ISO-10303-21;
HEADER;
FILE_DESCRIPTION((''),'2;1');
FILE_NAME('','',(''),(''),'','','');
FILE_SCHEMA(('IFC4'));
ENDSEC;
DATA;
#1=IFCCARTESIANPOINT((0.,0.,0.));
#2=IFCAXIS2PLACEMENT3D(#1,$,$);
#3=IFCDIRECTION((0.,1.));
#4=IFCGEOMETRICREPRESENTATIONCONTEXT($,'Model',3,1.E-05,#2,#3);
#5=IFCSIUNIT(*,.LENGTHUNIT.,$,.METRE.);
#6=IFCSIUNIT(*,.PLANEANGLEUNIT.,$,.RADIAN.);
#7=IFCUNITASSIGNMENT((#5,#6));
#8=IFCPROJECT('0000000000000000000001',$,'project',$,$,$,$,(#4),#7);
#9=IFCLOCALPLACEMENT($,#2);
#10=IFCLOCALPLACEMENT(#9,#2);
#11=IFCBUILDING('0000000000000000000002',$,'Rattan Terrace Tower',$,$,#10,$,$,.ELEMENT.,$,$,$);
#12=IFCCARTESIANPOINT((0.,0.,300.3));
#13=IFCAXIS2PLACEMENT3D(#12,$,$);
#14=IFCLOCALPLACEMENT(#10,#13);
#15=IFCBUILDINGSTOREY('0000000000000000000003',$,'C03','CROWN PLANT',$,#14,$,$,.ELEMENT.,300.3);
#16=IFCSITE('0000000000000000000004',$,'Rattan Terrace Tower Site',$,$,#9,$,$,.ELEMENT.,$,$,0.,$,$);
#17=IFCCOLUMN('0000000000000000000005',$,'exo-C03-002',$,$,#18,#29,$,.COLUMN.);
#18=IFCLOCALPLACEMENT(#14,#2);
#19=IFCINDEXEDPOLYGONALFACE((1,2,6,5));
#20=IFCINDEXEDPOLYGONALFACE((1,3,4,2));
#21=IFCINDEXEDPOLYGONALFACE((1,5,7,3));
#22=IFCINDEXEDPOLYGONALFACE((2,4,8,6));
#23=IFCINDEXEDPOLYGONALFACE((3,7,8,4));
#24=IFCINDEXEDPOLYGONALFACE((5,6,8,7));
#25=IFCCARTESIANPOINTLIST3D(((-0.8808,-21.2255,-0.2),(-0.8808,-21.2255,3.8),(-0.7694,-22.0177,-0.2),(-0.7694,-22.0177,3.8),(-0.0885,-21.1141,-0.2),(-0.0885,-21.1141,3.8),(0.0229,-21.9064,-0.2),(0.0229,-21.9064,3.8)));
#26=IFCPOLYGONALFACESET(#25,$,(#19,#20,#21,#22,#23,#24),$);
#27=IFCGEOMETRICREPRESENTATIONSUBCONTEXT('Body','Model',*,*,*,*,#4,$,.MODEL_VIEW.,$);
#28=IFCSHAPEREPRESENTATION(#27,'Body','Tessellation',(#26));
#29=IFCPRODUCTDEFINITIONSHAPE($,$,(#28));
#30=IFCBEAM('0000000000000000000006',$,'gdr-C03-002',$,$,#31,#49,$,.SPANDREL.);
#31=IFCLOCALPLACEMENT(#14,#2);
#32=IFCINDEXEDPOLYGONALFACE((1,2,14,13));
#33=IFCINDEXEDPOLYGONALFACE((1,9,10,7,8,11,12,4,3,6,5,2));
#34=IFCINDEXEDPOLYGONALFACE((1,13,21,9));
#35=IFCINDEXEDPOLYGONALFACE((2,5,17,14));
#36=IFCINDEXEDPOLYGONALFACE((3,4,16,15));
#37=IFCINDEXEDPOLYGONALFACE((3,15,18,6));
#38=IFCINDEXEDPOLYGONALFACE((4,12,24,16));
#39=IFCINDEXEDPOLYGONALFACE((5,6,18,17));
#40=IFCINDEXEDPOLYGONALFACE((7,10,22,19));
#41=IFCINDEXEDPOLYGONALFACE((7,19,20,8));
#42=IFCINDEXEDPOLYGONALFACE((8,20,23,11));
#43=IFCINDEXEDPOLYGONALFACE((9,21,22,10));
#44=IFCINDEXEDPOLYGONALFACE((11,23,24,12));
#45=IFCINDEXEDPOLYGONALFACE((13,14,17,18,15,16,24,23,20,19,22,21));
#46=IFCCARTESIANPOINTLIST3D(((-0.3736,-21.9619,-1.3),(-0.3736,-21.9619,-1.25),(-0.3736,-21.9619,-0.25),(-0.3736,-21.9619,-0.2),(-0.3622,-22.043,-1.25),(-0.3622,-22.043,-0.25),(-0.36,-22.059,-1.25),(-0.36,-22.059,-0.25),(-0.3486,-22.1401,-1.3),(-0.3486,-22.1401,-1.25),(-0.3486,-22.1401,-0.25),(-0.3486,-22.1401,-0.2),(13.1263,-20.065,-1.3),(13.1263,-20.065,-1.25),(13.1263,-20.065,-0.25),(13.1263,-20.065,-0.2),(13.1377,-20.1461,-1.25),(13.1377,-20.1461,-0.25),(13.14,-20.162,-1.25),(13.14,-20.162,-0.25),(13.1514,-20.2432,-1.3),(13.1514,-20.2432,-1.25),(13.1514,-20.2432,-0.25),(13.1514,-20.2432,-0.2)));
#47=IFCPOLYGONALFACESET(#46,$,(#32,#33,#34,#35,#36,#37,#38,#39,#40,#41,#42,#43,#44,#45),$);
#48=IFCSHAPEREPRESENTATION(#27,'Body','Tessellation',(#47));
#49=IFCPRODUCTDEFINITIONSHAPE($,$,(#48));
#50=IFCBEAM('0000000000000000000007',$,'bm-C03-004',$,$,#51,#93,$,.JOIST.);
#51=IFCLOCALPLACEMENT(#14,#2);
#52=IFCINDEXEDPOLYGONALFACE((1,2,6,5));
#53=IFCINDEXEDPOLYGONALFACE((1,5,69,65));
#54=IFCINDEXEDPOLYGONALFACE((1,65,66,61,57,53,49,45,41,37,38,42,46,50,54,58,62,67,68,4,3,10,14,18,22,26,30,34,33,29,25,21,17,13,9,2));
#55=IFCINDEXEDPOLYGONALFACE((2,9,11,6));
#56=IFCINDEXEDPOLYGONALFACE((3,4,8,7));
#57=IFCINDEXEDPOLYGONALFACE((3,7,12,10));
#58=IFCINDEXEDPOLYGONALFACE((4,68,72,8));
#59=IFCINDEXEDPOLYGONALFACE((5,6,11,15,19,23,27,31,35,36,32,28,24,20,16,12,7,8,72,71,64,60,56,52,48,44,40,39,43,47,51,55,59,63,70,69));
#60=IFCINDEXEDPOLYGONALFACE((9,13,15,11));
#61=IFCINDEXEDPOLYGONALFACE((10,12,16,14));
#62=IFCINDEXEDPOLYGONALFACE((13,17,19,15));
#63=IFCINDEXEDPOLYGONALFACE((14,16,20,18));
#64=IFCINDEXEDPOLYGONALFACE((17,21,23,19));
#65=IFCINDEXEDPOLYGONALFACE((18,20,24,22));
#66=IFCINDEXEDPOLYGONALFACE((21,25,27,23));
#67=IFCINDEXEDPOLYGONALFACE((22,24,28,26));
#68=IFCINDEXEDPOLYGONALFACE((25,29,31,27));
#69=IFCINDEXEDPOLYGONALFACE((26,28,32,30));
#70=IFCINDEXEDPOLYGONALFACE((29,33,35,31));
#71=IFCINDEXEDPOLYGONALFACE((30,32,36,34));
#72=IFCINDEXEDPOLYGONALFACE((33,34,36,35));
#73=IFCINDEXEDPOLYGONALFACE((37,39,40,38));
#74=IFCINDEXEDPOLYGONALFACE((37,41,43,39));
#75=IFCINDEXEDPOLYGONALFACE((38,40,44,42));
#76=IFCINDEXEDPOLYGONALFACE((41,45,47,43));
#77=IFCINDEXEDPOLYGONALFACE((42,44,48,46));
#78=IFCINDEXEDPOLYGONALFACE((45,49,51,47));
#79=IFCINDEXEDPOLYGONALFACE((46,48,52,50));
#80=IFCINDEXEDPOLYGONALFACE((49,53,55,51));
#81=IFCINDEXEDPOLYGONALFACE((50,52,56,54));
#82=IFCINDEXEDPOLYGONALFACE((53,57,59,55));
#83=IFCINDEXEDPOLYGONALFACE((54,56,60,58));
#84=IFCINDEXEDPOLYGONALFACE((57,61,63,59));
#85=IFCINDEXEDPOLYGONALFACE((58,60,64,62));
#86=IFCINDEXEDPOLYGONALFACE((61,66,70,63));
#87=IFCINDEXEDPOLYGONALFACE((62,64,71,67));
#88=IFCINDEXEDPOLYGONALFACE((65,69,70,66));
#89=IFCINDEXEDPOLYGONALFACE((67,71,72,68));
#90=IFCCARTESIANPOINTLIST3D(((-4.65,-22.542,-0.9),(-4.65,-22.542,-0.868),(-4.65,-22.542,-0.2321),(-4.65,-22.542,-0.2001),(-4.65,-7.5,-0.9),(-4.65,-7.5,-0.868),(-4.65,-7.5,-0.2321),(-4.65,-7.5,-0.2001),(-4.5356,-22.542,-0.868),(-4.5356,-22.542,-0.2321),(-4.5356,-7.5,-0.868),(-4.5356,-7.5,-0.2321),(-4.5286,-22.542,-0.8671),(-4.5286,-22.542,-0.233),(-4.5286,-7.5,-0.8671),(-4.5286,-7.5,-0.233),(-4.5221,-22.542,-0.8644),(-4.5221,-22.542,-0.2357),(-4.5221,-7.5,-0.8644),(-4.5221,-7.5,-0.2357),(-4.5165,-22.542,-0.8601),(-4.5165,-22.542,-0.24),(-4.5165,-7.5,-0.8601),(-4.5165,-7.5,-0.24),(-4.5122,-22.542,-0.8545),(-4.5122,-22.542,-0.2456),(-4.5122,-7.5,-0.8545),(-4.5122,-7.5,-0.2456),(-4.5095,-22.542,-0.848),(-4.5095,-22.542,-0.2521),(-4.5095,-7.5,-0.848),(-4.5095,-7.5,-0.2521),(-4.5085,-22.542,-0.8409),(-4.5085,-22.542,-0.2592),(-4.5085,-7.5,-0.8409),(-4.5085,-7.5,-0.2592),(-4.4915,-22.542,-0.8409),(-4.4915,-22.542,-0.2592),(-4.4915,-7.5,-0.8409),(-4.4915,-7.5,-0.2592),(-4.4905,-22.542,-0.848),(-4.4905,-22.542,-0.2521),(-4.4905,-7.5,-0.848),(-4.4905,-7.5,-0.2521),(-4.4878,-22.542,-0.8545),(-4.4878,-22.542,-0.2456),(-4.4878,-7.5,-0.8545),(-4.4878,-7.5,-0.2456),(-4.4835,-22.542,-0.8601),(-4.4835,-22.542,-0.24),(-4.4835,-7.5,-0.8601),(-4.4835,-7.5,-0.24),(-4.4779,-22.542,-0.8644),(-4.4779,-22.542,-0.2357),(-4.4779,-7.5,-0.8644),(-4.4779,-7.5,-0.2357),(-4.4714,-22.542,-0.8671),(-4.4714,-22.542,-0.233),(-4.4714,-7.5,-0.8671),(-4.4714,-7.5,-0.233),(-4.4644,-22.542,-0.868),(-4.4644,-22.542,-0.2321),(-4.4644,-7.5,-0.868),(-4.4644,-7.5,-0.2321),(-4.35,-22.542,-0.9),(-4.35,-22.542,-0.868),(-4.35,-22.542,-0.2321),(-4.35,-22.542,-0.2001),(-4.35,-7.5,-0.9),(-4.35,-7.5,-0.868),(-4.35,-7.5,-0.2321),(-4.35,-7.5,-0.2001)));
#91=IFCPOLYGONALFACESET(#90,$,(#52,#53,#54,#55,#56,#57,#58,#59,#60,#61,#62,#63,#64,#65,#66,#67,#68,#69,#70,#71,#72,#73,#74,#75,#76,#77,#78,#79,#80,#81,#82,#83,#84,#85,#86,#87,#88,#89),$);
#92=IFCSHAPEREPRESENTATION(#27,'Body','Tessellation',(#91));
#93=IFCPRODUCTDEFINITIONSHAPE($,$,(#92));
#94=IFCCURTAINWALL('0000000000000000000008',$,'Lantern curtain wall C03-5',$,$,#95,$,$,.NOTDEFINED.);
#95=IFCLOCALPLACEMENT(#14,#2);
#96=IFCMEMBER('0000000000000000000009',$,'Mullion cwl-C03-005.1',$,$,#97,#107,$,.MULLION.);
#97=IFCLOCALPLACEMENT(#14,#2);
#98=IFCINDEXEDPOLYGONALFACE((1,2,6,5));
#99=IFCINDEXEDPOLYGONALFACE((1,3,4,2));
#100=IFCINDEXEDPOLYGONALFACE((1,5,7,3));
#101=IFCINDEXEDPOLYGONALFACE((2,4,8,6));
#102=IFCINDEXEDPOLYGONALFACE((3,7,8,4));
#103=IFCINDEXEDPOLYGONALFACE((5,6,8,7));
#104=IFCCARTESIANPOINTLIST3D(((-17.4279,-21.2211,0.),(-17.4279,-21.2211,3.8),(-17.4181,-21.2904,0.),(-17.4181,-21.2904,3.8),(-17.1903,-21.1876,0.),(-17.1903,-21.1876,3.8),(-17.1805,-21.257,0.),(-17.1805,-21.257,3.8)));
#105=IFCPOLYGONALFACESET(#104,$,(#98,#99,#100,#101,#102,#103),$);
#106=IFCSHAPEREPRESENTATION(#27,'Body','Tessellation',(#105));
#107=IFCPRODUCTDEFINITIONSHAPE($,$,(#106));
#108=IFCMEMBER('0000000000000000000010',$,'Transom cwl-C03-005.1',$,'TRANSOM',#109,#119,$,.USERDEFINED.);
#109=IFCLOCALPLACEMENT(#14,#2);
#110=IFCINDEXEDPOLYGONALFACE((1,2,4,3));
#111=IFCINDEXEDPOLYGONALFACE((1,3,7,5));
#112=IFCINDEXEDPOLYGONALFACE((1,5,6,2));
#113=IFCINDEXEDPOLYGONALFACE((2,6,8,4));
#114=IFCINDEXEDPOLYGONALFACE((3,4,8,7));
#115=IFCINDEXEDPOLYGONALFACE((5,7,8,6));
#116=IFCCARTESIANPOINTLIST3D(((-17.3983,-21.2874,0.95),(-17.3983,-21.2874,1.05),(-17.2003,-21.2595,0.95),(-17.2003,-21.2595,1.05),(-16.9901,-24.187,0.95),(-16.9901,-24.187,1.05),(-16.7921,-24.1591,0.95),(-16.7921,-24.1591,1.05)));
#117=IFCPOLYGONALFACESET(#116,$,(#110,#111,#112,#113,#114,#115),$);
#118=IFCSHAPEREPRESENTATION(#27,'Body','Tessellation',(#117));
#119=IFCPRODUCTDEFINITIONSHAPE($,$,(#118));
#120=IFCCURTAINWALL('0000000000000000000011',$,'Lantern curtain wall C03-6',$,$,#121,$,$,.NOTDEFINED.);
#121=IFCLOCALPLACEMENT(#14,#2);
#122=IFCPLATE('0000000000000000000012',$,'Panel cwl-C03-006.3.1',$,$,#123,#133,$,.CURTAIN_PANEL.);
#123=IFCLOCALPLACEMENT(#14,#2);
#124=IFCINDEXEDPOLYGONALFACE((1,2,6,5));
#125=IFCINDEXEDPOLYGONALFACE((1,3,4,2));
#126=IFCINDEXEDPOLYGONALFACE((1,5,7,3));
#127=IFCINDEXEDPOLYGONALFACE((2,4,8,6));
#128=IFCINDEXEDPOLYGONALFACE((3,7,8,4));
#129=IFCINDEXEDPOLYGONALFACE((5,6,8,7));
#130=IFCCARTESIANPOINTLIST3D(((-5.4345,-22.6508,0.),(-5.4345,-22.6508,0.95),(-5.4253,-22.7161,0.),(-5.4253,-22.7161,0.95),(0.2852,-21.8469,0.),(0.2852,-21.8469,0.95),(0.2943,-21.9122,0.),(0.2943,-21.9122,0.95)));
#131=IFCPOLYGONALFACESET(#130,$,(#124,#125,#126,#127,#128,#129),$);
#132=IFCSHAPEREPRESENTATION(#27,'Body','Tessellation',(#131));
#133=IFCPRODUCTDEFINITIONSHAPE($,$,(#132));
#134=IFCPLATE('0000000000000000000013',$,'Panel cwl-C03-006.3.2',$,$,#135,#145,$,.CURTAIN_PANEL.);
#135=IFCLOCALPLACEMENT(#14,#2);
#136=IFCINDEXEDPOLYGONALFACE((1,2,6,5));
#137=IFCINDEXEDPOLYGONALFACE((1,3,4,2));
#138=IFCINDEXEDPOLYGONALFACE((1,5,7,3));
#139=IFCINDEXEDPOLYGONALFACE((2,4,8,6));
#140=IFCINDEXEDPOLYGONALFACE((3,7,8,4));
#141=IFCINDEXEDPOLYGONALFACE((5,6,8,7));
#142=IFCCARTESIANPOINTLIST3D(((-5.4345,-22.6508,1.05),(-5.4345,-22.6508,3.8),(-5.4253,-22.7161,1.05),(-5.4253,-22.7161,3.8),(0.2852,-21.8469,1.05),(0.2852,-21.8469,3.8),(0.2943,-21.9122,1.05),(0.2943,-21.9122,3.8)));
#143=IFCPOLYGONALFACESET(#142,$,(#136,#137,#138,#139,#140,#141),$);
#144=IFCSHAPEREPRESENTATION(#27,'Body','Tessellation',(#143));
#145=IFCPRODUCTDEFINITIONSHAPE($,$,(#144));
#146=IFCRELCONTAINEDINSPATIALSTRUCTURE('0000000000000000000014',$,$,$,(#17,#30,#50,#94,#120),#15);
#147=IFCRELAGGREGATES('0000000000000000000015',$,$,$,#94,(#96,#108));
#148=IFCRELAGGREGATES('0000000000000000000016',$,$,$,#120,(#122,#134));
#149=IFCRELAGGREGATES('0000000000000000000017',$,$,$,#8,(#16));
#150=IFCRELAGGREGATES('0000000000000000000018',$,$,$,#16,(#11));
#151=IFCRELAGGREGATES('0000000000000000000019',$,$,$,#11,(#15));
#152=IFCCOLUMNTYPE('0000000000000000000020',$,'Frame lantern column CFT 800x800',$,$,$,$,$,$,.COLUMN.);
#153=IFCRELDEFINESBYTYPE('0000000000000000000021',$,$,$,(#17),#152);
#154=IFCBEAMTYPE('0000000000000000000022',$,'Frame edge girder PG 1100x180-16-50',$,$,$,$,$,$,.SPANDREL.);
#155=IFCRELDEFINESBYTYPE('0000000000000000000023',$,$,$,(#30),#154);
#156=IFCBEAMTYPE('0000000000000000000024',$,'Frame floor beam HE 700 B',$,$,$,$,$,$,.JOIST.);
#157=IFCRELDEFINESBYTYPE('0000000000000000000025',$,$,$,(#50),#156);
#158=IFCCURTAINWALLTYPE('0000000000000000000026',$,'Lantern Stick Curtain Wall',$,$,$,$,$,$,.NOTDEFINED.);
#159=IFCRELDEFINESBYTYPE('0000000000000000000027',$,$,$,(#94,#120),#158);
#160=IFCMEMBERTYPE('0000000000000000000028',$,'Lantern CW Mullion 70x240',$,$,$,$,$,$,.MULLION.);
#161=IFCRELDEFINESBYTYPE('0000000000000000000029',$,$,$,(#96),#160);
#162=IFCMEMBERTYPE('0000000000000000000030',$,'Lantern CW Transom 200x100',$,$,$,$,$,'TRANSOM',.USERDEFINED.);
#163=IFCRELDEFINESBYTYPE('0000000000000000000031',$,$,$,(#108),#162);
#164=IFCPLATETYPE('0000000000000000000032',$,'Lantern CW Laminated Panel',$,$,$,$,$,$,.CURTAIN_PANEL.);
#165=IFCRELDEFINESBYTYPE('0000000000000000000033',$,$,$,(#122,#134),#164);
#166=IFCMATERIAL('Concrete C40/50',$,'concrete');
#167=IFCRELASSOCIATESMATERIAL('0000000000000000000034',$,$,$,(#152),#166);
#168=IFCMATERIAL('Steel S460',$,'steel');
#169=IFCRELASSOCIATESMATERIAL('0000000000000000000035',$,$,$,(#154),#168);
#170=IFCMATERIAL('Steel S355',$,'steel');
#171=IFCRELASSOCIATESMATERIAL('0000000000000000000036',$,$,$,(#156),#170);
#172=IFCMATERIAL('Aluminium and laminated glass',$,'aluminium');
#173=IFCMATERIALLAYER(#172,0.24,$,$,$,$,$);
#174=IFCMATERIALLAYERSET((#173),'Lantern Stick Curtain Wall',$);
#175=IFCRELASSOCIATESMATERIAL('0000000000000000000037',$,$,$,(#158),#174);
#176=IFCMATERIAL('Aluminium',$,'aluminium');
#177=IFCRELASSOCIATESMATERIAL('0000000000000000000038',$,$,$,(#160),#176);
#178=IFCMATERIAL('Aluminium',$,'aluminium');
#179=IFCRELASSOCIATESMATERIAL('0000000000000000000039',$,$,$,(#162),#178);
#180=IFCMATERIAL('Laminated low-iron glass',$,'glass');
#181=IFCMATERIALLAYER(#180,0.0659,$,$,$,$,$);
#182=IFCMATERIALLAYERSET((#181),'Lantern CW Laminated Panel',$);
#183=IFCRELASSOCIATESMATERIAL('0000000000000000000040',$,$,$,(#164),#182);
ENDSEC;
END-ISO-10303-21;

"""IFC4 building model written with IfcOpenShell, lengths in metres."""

from ifc_helpers import new_model, si_unit, direction, frame, origin, origin_2d, place, context, subcontext, project, spatial, rectangle, i_section, extrude, material, layer, layer_set, material_profile, profile_set, type_object, element, aggregate, save


model = new_model("IFC4")

# Units and contexts
model_context = context("Model", 3, precision=1e-05, world=origin(), true_north=direction((0.0, 1.0)))
body_context = subcontext(model_context, "Body", "Model", "MODEL_VIEW")
ifc_project = project(units=[si_unit("LENGTHUNIT", "METRE"), si_unit("PLANEANGLEUNIT", "RADIAN")], contexts=[model_context])

# Site, building, storey
site_placement = place(None, origin())
site = spatial("IfcSite", under=ifc_project, at=site_placement, Name="Rattan Terrace Tower Site", CompositionType="ELEMENT", RefElevation=0.0)
building_placement = place(site_placement, origin())
building = spatial("IfcBuilding", under=site, at=building_placement, Name="Rattan Terrace Tower", CompositionType="ELEMENT")
storey_placement = place(building_placement, frame((0.0, 0.0, 300.3)))
storey = spatial("IfcBuildingStorey", under=building, at=storey_placement, Name="C03", Description="CROWN PLANT", CompositionType="ELEMENT", Elevation=300.3)

# Column
ifc_material_1 = material(Name="Concrete C40/50", Category="concrete")
ifc_material_profile_1 = material_profile(ifc_material_1, rectangle(XDim=0.8, YDim=0.8, at=origin_2d()), Name="CFT 800x800")
ifc_profile_set_1 = profile_set([ifc_material_profile_1], Name="Concrete C40/50")
column_type = type_object("IfcColumnType", Name="Frame lantern column CFT 800x800", PredefinedType="COLUMN", material=ifc_profile_set_1)
column_placement = place(storey_placement, frame((-0.429, -21.5659, -0.2), z_axis=(0.0, 0.0, 1.0), x_axis=(0.990266, 0.13919, 0.0)))
element("IfcColumn", 1, at=column_placement, inside=storey, type_object=column_type, Name="exo-C03-002", PredefinedType="COLUMN", context=body_context, shape_type="SweptSolid", body=[
    extrude(rectangle(XDim=0.8, YDim=0.8, at=origin_2d()), origin(), (0.0, 0.0, 1.0), 4.0),
])

# Beams
ifc_material_2 = material(Name="Steel S460", Category="steel")
ifc_material_profile_2 = material_profile(ifc_material_2, i_section(OverallWidth=0.1799, OverallDepth=1.1001, WebThickness=0.0161, FlangeThickness=0.05, at=origin_2d()), Name="PG 1100x180-16-50")
ifc_profile_set_2 = profile_set([ifc_material_profile_2], Name="Steel S460")
beam_type_1 = type_object("IfcBeamType", Name="Frame edge girder PG 1100x180-16-50", PredefinedType="SPANDREL", material=ifc_profile_set_2)
beam_1_placement = place(storey_placement, frame((-0.3611, -22.051, -0.75), z_axis=(0.990271, 0.139149, 0.0), x_axis=(-0.139149, 0.990271, 0.0)))
element("IfcBeam", 2, at=beam_1_placement, inside=storey, type_object=beam_type_1, Name="gdr-C03-002", PredefinedType="SPANDREL", context=body_context, shape_type="SweptSolid", body=[
    extrude(i_section(OverallWidth=0.1799, OverallDepth=1.1001, WebThickness=0.0161, FlangeThickness=0.05, at=origin_2d()), origin(), (0.0, 0.0, 1.0), 13.6326),
])
ifc_material_3 = material(Name="Steel S355", Category="steel")
ifc_material_profile_3 = material_profile(ifc_material_3, i_section(OverallWidth=0.3, OverallDepth=0.7, WebThickness=0.0171, FlangeThickness=0.032, FilletRadius=0.0271, at=origin_2d()), Name="HE 700 B")
ifc_profile_set_3 = profile_set([ifc_material_profile_3], Name="Steel S355")
beam_type_2 = type_object("IfcBeamType", Name="Frame floor beam HE 700 B", PredefinedType="JOIST", material=ifc_profile_set_3)
beam_2_placement = place(storey_placement, frame((-4.5, -22.542, -0.55), z_axis=(0.0, 1.0, 0.0), x_axis=(-1.0, 0.0, 0.0)))
element("IfcBeam", 3, at=beam_2_placement, inside=storey, type_object=beam_type_2, Name="bm-C03-004", PredefinedType="JOIST", context=body_context, shape_type="SweptSolid", body=[
    extrude(i_section(OverallWidth=0.3, OverallDepth=0.7, WebThickness=0.0171, FlangeThickness=0.032, FilletRadius=0.0271, at=origin_2d()), origin(), (0.0, 0.0, 1.0), 15.042),
])

# Curtain wall, members
ifc_material_4 = material(Name="Aluminium and laminated glass", Category="aluminium")
ifc_layer_1 = layer(ifc_material_4, 0.24)
ifc_layer_set_1 = layer_set([ifc_layer_1], Name="Lantern Stick Curtain Wall")
curtain_wall_type = type_object("IfcCurtainWallType", Name="Lantern Stick Curtain Wall", PredefinedType="NOTDEFINED", material=ifc_layer_set_1)
curtain_wall_1_placement = place(storey_placement, origin())
curtain_wall_1 = element("IfcCurtainWall", 4, at=curtain_wall_1_placement, inside=storey, type_object=curtain_wall_type, Name="Lantern curtain wall C03-5", PredefinedType="NOTDEFINED")
ifc_material_5 = material(Name="Aluminium", Category="aluminium")
ifc_material_profile_4 = material_profile(ifc_material_5, rectangle(XDim=0.0701, YDim=0.24, at=origin_2d()), Name="Aluminium 70x240")
ifc_profile_set_4 = profile_set([ifc_material_profile_4], Name="Aluminium")
member_type_1 = type_object("IfcMemberType", Name="Lantern CW Mullion 70x240", PredefinedType="MULLION", material=ifc_profile_set_4)
member_1_placement = place(storey_placement, frame((-17.3042, -21.239, 0.0), z_axis=(0.0, 0.0, 1.0), x_axis=(0.139413, -0.990234, 0.0)))
member_1 = element("IfcMember", 5, at=member_1_placement, type_object=member_type_1, Name="Mullion cwl-C03-005.1", PredefinedType="MULLION", context=body_context, shape_type="SweptSolid", body=[
    extrude(rectangle(XDim=0.0701, YDim=0.24, at=origin_2d()), origin(), (0.0, 0.0, 1.0), 3.8),
])
ifc_material_6 = material(Name="Aluminium", Category="aluminium")
ifc_material_profile_5 = material_profile(ifc_material_6, rectangle(XDim=0.2, YDim=0.1001, at=origin_2d()), Name="Aluminium 200x100")
ifc_profile_set_5 = profile_set([ifc_material_profile_5], Name="Aluminium")
member_type_2 = type_object("IfcMemberType", Name="Lantern CW Transom 200x100", ElementType="TRANSOM", PredefinedType="USERDEFINED", material=ifc_profile_set_5)
member_2_placement = place(storey_placement, frame((-17.2993, -21.2734, 1.0), z_axis=(0.139402, -0.990236, 0.0), x_axis=(0.990236, 0.139402, 0.0)))
member_2 = element("IfcMember", 6, at=member_2_placement, type_object=member_type_2, Name="Transom cwl-C03-005.1", ObjectType="TRANSOM", PredefinedType="USERDEFINED", context=body_context, shape_type="SweptSolid", body=[
    extrude(rectangle(XDim=0.2, YDim=0.1001, at=origin_2d()), origin(), (0.0, 0.0, 1.0), 2.9282),
])
aggregate(curtain_wall_1, [member_1, member_2])

# Curtain wall, plates
curtain_wall_2_placement = place(storey_placement, origin())
curtain_wall_2 = element("IfcCurtainWall", 7, at=curtain_wall_2_placement, inside=storey, type_object=curtain_wall_type, Name="Lantern curtain wall C03-6", PredefinedType="NOTDEFINED")
ifc_material_7 = material(Name="Laminated low-iron glass", Category="glass")
ifc_layer_2 = layer(ifc_material_7, 0.0659)
ifc_layer_set_2 = layer_set([ifc_layer_2], Name="Lantern CW Laminated Panel")
plate_type = type_object("IfcPlateType", Name="Lantern CW Laminated Panel", PredefinedType="CURTAIN_PANEL", material=ifc_layer_set_2)
plate_1_placement = place(storey_placement, frame((-2.5701, -22.2815, 0.0), z_axis=(0.0, 0.0, 1.0), x_axis=(0.990267, 0.139181, 0.0)))
plate_1 = element("IfcPlate", 8, at=plate_1_placement, type_object=plate_type, Name="Panel cwl-C03-006.3.1", PredefinedType="CURTAIN_PANEL", context=body_context, shape_type="SweptSolid", body=[
    extrude(rectangle(XDim=5.7759, YDim=0.0659, at=origin_2d()), origin(), (0.0, 0.0, 1.0), 0.95),
])
plate_2_placement = place(storey_placement, frame((-2.5701, -22.2815, 1.05), z_axis=(0.0, 0.0, 1.0), x_axis=(0.990267, 0.139181, 0.0)))
plate_2 = element("IfcPlate", 9, at=plate_2_placement, type_object=plate_type, Name="Panel cwl-C03-006.3.2", PredefinedType="CURTAIN_PANEL", context=body_context, shape_type="SweptSolid", body=[
    extrude(rectangle(XDim=5.7759, YDim=0.0659, at=origin_2d()), origin(), (0.0, 0.0, 1.0), 2.75),
])
aggregate(curtain_wall_2, [plate_1, plate_2])

save(model, "model.ifc")
